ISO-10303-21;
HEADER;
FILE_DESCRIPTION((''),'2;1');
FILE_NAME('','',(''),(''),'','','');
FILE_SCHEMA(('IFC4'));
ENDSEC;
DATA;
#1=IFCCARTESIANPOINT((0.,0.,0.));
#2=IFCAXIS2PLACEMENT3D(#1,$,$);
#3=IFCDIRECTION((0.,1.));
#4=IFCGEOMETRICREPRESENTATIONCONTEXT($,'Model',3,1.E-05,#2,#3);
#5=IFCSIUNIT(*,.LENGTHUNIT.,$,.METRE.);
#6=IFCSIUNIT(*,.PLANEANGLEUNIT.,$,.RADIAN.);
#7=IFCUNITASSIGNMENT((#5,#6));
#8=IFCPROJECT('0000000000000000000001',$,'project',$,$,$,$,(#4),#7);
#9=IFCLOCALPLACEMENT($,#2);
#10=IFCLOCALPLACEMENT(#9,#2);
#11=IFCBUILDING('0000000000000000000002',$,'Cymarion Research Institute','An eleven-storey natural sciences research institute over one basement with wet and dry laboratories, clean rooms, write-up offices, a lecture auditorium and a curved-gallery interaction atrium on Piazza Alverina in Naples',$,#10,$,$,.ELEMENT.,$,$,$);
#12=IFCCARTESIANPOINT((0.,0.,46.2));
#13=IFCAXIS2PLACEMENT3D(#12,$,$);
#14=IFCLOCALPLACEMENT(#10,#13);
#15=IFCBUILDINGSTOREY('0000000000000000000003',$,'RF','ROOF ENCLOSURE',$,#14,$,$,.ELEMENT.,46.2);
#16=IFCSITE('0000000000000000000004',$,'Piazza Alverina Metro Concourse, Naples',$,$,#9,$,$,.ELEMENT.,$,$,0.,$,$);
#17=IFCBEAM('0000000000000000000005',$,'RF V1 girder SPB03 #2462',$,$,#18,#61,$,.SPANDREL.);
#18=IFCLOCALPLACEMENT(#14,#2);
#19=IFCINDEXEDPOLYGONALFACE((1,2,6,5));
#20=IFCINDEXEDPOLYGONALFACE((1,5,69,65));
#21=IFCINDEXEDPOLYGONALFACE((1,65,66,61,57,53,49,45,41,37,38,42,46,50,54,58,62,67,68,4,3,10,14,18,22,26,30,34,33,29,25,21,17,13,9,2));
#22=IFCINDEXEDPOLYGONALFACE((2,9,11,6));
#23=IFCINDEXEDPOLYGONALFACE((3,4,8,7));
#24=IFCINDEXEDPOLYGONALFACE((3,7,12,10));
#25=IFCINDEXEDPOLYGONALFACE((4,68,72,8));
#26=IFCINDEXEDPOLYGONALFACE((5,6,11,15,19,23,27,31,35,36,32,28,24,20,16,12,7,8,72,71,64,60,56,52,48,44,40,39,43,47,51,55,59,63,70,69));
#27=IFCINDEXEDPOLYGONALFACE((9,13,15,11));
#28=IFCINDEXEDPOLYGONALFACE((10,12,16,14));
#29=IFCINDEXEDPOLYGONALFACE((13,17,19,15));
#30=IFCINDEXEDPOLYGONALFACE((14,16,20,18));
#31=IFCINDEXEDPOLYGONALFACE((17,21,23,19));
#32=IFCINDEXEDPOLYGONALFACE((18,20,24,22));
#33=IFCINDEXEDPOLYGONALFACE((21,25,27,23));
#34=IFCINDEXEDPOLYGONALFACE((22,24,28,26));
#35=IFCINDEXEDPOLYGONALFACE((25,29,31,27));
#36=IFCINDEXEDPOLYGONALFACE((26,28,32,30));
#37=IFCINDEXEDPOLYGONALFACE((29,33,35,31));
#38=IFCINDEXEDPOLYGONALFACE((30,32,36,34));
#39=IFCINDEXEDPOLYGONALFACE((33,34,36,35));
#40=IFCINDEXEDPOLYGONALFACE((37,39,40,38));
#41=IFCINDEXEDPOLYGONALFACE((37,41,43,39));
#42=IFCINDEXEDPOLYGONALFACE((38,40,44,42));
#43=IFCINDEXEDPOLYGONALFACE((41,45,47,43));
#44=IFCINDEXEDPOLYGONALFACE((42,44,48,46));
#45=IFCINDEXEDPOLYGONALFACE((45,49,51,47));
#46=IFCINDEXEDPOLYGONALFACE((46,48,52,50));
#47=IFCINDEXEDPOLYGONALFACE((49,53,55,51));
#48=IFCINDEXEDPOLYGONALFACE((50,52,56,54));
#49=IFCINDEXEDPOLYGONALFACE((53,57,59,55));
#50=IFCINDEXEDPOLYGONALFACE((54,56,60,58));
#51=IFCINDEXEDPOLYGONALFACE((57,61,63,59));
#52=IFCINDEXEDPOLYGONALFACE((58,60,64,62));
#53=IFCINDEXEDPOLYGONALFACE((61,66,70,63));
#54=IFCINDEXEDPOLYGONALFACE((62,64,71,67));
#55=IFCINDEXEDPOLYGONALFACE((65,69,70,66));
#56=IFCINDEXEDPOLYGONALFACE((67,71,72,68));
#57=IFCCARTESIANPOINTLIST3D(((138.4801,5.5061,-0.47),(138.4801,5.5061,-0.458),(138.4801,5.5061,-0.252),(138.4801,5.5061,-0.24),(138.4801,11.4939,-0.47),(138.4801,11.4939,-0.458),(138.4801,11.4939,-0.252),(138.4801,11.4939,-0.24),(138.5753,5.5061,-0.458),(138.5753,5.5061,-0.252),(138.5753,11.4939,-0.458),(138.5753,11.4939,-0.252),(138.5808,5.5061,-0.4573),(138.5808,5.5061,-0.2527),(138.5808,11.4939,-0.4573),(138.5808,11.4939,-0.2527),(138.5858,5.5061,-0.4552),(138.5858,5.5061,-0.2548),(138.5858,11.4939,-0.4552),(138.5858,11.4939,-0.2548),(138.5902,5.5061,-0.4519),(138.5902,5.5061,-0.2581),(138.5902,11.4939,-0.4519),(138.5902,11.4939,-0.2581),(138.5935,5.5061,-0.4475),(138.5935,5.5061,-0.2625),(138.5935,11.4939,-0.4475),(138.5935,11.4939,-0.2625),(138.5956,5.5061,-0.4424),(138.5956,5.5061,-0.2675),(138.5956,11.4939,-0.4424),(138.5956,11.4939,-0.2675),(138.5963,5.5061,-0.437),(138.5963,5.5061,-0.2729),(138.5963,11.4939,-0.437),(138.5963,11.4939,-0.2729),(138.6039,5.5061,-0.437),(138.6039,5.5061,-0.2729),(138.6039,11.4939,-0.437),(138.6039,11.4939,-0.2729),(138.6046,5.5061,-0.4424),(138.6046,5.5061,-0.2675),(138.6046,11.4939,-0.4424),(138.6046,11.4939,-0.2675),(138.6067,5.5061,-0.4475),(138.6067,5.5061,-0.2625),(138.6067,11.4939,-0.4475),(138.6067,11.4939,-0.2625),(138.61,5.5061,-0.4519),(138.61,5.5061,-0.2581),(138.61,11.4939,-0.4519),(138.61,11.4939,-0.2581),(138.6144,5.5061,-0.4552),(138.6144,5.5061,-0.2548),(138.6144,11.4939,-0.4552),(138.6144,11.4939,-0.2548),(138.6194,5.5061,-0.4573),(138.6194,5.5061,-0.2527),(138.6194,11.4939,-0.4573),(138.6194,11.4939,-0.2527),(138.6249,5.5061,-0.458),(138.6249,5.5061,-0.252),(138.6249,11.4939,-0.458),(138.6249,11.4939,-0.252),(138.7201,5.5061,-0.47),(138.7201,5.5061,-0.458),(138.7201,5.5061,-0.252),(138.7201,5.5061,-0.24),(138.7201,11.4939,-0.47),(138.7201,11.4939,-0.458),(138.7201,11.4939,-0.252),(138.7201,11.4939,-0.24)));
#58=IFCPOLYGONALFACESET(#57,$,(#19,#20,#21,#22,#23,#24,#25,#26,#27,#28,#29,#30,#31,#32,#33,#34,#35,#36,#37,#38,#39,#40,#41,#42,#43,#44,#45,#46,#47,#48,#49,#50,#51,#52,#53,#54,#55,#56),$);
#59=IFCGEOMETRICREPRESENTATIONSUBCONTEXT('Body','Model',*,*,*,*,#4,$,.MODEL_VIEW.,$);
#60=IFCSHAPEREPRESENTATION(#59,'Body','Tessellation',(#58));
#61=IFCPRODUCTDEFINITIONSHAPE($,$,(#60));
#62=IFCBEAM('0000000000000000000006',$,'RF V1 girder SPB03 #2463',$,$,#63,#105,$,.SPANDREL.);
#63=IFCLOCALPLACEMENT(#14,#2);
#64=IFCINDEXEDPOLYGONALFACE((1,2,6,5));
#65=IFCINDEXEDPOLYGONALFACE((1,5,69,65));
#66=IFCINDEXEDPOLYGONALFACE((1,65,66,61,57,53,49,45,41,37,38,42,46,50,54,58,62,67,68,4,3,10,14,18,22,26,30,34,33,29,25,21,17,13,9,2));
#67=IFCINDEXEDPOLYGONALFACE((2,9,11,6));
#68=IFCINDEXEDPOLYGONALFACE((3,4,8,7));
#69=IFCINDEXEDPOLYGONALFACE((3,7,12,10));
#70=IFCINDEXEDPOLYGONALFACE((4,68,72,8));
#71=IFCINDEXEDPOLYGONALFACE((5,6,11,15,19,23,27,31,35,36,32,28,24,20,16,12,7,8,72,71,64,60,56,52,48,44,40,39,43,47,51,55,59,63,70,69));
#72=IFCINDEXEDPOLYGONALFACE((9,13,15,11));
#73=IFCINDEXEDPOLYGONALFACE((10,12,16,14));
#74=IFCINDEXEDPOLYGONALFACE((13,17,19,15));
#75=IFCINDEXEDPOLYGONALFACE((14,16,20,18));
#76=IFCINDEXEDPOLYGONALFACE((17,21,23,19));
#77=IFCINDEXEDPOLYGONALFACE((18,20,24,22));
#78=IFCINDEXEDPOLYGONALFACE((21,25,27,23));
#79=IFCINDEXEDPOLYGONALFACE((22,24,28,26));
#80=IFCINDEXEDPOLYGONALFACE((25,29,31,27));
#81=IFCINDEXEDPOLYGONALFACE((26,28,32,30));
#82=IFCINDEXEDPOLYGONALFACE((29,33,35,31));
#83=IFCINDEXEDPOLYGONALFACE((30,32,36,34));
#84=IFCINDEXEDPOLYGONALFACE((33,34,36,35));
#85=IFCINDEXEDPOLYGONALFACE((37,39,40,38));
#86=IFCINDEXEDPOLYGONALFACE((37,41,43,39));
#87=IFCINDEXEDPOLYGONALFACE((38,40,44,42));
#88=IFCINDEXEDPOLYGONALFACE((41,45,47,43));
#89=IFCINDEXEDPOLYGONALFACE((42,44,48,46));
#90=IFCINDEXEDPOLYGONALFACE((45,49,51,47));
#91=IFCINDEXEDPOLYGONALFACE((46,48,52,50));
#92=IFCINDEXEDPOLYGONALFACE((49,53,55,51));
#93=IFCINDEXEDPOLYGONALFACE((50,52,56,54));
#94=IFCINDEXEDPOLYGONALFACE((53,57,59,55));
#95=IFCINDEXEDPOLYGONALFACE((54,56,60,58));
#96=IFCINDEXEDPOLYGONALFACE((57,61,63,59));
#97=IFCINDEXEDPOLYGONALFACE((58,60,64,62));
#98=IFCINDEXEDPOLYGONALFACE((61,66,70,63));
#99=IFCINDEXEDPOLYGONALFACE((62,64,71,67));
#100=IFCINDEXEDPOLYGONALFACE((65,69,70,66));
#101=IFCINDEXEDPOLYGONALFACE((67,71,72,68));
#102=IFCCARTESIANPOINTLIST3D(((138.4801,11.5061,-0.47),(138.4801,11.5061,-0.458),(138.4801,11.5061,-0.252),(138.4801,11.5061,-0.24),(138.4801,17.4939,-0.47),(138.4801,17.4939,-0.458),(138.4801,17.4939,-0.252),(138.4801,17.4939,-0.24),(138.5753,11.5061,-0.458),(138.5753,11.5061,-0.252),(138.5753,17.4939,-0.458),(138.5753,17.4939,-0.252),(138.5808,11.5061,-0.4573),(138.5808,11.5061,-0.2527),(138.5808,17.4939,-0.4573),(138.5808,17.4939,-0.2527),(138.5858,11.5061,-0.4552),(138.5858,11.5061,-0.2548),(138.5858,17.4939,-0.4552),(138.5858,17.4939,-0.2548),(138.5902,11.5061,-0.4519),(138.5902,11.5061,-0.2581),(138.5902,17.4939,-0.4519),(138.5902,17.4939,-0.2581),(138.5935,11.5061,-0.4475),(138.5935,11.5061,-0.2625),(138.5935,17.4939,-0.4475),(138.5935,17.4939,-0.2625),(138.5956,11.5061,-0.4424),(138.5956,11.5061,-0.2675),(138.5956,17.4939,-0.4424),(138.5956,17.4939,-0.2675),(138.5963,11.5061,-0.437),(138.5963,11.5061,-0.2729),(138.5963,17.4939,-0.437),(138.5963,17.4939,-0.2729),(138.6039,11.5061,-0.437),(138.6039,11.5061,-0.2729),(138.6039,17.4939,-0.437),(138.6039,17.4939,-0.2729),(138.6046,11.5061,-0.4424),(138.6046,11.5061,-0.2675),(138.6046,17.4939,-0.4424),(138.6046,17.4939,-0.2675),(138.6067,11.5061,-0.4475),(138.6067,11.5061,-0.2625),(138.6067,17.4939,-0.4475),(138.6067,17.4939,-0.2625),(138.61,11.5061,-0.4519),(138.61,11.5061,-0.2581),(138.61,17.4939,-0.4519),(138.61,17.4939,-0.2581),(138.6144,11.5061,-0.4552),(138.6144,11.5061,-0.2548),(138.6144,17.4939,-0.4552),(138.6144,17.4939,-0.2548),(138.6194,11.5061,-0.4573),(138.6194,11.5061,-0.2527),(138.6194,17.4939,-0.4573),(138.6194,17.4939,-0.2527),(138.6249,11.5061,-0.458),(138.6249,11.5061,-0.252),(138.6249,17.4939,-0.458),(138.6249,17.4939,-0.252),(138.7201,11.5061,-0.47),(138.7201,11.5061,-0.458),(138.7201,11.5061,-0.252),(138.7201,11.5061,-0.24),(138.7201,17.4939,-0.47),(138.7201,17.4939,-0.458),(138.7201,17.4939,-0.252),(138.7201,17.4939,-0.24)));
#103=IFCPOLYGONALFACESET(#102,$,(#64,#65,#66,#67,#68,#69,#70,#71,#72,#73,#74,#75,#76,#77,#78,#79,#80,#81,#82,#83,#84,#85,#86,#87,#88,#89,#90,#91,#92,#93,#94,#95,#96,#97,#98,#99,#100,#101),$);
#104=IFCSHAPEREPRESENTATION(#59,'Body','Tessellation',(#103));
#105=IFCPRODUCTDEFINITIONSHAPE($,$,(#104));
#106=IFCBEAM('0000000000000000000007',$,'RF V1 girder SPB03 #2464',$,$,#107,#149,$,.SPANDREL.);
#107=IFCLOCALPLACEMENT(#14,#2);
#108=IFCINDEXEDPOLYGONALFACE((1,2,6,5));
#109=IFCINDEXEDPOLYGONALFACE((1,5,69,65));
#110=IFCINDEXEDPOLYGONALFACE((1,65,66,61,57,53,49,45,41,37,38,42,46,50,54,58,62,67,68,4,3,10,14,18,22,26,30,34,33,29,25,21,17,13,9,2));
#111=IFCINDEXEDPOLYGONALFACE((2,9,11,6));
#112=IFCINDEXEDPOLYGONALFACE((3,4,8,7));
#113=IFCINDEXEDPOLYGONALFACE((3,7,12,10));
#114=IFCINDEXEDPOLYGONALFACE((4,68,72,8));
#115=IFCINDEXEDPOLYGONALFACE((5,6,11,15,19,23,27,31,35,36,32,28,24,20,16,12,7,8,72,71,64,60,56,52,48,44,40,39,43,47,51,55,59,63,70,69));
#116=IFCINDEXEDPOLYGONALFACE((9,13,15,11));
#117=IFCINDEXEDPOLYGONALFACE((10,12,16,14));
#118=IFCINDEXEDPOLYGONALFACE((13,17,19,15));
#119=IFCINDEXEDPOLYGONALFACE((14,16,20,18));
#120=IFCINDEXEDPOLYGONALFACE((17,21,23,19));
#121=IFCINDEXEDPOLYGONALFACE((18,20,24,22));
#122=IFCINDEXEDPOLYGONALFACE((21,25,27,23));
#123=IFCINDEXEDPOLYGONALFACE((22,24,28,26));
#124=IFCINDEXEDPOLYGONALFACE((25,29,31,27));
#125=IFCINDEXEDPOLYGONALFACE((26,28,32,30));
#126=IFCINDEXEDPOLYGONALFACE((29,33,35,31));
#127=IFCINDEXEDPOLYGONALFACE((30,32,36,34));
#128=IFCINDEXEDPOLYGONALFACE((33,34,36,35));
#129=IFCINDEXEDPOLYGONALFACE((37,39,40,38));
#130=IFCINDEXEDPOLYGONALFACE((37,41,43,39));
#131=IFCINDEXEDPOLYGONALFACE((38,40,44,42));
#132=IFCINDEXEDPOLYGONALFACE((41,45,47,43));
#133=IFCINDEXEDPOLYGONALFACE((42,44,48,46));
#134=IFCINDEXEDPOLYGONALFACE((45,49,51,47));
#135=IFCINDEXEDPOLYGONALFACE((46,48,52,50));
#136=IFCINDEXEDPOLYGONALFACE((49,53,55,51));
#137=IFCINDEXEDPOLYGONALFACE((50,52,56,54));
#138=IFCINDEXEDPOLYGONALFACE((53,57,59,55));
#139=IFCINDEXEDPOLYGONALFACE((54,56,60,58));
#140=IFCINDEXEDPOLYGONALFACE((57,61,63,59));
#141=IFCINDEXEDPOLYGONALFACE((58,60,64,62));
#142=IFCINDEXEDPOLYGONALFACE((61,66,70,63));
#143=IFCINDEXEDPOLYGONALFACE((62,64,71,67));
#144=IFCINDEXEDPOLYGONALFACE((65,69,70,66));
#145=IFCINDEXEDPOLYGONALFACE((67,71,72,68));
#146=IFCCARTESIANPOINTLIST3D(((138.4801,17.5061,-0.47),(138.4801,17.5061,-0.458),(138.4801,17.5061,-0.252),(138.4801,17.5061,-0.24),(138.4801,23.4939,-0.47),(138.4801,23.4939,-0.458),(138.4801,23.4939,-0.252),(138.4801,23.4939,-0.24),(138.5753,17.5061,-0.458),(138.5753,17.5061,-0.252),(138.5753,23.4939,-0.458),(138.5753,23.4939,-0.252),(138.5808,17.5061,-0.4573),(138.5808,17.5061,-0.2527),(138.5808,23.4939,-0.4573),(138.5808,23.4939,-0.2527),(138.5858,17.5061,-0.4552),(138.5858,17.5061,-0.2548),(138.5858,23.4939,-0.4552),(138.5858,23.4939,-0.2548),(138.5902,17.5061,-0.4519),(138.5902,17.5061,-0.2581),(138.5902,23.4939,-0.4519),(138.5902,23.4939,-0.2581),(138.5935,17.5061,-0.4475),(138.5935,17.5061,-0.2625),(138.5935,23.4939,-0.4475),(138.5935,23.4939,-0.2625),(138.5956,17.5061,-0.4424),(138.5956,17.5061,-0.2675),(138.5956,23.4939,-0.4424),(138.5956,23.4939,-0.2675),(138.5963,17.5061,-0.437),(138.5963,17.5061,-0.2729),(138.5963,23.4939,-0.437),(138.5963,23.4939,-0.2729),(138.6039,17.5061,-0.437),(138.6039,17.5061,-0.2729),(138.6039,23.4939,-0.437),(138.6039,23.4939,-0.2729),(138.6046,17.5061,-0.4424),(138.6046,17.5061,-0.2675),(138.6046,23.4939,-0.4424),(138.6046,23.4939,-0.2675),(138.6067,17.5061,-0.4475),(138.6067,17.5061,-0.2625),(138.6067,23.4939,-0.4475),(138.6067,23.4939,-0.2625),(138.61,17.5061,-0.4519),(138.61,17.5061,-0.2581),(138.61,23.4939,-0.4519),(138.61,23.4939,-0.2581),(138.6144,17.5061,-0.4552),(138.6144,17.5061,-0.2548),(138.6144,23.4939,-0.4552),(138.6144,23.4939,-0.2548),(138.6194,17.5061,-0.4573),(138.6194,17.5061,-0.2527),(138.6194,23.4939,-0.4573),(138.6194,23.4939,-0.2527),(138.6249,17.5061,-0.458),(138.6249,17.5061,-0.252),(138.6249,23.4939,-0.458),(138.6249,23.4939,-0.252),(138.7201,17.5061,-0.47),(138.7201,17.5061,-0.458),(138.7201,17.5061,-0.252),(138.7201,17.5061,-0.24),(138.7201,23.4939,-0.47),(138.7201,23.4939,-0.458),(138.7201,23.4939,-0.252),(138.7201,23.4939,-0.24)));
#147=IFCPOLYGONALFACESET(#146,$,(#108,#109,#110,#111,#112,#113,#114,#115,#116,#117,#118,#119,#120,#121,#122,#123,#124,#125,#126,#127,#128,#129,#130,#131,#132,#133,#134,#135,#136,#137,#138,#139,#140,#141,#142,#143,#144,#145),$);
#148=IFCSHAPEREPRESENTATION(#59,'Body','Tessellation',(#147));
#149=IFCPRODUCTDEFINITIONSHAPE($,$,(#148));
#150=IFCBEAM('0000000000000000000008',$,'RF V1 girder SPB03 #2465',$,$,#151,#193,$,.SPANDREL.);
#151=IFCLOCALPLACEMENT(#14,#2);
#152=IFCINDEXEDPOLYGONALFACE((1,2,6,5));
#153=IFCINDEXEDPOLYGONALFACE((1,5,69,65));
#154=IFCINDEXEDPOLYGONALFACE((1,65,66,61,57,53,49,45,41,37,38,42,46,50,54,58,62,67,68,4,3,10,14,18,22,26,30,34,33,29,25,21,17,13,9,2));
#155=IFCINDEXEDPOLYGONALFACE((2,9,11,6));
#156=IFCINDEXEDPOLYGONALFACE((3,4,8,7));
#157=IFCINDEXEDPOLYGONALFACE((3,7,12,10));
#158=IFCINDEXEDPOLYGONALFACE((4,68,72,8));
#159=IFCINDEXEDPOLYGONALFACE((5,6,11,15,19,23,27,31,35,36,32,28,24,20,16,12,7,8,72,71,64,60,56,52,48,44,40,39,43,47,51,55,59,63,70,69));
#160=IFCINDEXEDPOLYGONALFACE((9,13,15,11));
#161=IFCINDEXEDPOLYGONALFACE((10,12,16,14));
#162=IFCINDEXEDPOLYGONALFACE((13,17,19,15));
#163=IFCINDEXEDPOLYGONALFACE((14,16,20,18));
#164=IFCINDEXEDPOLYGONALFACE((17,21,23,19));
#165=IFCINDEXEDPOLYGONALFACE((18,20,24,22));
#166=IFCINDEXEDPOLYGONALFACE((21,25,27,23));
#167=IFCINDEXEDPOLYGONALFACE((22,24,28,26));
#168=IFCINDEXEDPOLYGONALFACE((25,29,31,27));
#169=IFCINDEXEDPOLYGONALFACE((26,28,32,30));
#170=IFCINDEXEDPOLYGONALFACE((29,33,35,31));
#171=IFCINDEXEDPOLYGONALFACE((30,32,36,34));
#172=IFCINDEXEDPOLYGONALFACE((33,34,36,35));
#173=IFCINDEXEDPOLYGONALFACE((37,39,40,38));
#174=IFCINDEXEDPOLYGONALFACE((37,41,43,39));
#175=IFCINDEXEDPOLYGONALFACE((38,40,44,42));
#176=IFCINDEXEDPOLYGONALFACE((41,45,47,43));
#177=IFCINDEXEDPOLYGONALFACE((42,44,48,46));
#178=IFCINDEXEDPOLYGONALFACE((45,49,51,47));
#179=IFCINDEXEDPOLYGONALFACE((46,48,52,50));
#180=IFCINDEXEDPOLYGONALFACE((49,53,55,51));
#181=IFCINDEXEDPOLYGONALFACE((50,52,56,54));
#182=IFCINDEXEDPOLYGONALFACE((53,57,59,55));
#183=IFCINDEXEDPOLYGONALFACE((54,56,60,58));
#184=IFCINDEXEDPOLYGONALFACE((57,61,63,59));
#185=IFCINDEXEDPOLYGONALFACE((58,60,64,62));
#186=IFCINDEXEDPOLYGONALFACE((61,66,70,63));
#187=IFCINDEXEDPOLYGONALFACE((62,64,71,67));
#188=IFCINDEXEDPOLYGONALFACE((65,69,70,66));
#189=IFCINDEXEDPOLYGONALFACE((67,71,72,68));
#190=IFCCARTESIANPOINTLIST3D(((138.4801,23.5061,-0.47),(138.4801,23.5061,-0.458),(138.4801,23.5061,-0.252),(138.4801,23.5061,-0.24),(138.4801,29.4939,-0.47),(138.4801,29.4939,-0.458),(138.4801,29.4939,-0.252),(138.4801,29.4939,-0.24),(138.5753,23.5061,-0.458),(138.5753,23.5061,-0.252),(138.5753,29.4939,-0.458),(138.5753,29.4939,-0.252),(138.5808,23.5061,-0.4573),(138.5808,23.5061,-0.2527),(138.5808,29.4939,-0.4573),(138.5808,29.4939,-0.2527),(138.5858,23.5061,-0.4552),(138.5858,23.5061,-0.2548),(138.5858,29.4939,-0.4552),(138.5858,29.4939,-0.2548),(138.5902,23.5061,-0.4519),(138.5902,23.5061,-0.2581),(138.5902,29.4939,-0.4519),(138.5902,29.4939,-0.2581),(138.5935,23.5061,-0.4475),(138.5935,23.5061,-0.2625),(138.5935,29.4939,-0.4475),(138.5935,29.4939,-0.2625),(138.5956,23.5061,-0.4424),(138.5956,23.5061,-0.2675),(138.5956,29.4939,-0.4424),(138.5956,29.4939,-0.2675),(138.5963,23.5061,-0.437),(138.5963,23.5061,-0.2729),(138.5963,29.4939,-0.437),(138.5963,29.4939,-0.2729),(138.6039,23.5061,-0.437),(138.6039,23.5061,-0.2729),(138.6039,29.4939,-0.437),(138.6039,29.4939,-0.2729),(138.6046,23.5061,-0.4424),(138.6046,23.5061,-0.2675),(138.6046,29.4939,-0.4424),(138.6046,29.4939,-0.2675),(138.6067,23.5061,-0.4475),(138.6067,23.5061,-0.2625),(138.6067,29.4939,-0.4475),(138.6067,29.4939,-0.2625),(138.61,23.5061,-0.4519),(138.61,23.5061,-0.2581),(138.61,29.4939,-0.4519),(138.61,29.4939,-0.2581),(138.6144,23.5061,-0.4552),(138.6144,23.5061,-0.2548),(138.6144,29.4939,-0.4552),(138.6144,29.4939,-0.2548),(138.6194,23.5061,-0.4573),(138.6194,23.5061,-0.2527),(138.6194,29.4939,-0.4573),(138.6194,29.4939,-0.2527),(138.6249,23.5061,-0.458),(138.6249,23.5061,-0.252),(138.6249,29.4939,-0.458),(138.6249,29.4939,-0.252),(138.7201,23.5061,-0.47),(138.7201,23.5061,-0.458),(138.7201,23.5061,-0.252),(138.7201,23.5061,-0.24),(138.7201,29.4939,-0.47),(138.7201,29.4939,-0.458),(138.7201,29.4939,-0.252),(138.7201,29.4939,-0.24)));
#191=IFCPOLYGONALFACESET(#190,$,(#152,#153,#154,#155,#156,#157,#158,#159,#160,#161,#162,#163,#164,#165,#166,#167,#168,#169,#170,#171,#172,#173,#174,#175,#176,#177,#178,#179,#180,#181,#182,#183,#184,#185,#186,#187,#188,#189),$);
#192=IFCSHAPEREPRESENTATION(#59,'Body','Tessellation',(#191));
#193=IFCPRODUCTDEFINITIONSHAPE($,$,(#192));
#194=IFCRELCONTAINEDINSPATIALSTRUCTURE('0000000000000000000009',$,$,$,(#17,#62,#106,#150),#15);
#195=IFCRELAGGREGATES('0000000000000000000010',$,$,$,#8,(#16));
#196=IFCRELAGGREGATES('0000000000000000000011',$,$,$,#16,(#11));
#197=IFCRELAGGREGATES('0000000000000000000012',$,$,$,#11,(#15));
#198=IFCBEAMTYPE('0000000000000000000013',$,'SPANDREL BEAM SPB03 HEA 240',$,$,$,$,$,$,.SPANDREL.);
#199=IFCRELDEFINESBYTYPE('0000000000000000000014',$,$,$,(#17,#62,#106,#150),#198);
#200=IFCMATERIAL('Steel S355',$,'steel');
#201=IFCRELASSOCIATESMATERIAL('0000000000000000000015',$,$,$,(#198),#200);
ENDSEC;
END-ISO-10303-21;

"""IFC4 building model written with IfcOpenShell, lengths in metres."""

from ifc_helpers import new_model, si_unit, direction, frame, origin, origin_2d, place, context, subcontext, project, spatial, i_section, extrude, material, material_profile, profile_set, type_object, element, save


model = new_model("IFC4")

# Units and contexts
model_context = context("Model", 3, precision=1e-05, world=origin(), true_north=direction((0.0, 1.0)))
body_context = subcontext(model_context, "Body", "Model", "MODEL_VIEW")
ifc_project = project(units=[si_unit("LENGTHUNIT", "METRE"), si_unit("PLANEANGLEUNIT", "RADIAN")], contexts=[model_context])

# Site, building, storey
site_placement = place(None, origin())
site = spatial("IfcSite", under=ifc_project, at=site_placement, Name="Piazza Alverina Metro Concourse, Naples", CompositionType="ELEMENT", RefElevation=0.0)
building_placement = place(site_placement, origin())
building = spatial("IfcBuilding", under=site, at=building_placement, Name="Cymarion Research Institute", Description="An eleven-storey natural sciences research institute over one basement with wet and dry laboratories, clean rooms, write-up offices, a lecture auditorium and a curved-gallery interaction atrium on Piazza Alverina in Naples", CompositionType="ELEMENT")
storey_placement = place(building_placement, frame((0.0, 0.0, 46.2)))
storey = spatial("IfcBuildingStorey", under=building, at=storey_placement, Name="RF", Description="ROOF ENCLOSURE", CompositionType="ELEMENT", Elevation=46.2)

# Beams
ifc_material_1 = material(Name="Steel S355", Category="steel")
ifc_material_profile_1 = material_profile(ifc_material_1, i_section(OverallWidth=0.24, OverallDepth=0.23, WebThickness=0.0076, FlangeThickness=0.012, FilletRadius=0.021, at=origin_2d()), Name="HEA 240")
ifc_profile_set_1 = profile_set([ifc_material_profile_1], Name="Steel S355")
beam_type_1 = type_object("IfcBeamType", Name="SPANDREL BEAM SPB03 HEA 240", PredefinedType="SPANDREL", material=ifc_profile_set_1)
for number, where, z_axis, x_axis, name in (
    (1, (138.6001, 5.5061, -0.355), (0.0, 1.0, 0.0), (-1.0, 0.0, 0.0), "RF V1 girder SPB03 #2462"),
    (2, (138.6001, 11.5061, -0.355), (0.0, 1.0, 0.0), (-1.0, 0.0, 0.0), "RF V1 girder SPB03 #2463"),
    (3, (138.6001, 17.5061, -0.355), (0.0, 1.0, 0.0), (-1.0, 0.0, 0.0), "RF V1 girder SPB03 #2464"),
    (4, (138.6001, 23.5061, -0.355), (0.0, 1.0, 0.0), (-1.0, 0.0, 0.0), "RF V1 girder SPB03 #2465"),
):
    element("IfcBeam", number, at=place(storey_placement, frame(where, z_axis=z_axis, x_axis=x_axis)), inside=storey, type_object=beam_type_1, Name=name, PredefinedType="SPANDREL", context=body_context, shape_type="SweptSolid", body=[
        extrude(i_section(OverallWidth=0.24, OverallDepth=0.23, WebThickness=0.0076, FlangeThickness=0.012, FilletRadius=0.021, at=origin_2d()), origin(), (0.0, 0.0, 1.0), 5.9878),
    ])

save(model, "model.ifc")
